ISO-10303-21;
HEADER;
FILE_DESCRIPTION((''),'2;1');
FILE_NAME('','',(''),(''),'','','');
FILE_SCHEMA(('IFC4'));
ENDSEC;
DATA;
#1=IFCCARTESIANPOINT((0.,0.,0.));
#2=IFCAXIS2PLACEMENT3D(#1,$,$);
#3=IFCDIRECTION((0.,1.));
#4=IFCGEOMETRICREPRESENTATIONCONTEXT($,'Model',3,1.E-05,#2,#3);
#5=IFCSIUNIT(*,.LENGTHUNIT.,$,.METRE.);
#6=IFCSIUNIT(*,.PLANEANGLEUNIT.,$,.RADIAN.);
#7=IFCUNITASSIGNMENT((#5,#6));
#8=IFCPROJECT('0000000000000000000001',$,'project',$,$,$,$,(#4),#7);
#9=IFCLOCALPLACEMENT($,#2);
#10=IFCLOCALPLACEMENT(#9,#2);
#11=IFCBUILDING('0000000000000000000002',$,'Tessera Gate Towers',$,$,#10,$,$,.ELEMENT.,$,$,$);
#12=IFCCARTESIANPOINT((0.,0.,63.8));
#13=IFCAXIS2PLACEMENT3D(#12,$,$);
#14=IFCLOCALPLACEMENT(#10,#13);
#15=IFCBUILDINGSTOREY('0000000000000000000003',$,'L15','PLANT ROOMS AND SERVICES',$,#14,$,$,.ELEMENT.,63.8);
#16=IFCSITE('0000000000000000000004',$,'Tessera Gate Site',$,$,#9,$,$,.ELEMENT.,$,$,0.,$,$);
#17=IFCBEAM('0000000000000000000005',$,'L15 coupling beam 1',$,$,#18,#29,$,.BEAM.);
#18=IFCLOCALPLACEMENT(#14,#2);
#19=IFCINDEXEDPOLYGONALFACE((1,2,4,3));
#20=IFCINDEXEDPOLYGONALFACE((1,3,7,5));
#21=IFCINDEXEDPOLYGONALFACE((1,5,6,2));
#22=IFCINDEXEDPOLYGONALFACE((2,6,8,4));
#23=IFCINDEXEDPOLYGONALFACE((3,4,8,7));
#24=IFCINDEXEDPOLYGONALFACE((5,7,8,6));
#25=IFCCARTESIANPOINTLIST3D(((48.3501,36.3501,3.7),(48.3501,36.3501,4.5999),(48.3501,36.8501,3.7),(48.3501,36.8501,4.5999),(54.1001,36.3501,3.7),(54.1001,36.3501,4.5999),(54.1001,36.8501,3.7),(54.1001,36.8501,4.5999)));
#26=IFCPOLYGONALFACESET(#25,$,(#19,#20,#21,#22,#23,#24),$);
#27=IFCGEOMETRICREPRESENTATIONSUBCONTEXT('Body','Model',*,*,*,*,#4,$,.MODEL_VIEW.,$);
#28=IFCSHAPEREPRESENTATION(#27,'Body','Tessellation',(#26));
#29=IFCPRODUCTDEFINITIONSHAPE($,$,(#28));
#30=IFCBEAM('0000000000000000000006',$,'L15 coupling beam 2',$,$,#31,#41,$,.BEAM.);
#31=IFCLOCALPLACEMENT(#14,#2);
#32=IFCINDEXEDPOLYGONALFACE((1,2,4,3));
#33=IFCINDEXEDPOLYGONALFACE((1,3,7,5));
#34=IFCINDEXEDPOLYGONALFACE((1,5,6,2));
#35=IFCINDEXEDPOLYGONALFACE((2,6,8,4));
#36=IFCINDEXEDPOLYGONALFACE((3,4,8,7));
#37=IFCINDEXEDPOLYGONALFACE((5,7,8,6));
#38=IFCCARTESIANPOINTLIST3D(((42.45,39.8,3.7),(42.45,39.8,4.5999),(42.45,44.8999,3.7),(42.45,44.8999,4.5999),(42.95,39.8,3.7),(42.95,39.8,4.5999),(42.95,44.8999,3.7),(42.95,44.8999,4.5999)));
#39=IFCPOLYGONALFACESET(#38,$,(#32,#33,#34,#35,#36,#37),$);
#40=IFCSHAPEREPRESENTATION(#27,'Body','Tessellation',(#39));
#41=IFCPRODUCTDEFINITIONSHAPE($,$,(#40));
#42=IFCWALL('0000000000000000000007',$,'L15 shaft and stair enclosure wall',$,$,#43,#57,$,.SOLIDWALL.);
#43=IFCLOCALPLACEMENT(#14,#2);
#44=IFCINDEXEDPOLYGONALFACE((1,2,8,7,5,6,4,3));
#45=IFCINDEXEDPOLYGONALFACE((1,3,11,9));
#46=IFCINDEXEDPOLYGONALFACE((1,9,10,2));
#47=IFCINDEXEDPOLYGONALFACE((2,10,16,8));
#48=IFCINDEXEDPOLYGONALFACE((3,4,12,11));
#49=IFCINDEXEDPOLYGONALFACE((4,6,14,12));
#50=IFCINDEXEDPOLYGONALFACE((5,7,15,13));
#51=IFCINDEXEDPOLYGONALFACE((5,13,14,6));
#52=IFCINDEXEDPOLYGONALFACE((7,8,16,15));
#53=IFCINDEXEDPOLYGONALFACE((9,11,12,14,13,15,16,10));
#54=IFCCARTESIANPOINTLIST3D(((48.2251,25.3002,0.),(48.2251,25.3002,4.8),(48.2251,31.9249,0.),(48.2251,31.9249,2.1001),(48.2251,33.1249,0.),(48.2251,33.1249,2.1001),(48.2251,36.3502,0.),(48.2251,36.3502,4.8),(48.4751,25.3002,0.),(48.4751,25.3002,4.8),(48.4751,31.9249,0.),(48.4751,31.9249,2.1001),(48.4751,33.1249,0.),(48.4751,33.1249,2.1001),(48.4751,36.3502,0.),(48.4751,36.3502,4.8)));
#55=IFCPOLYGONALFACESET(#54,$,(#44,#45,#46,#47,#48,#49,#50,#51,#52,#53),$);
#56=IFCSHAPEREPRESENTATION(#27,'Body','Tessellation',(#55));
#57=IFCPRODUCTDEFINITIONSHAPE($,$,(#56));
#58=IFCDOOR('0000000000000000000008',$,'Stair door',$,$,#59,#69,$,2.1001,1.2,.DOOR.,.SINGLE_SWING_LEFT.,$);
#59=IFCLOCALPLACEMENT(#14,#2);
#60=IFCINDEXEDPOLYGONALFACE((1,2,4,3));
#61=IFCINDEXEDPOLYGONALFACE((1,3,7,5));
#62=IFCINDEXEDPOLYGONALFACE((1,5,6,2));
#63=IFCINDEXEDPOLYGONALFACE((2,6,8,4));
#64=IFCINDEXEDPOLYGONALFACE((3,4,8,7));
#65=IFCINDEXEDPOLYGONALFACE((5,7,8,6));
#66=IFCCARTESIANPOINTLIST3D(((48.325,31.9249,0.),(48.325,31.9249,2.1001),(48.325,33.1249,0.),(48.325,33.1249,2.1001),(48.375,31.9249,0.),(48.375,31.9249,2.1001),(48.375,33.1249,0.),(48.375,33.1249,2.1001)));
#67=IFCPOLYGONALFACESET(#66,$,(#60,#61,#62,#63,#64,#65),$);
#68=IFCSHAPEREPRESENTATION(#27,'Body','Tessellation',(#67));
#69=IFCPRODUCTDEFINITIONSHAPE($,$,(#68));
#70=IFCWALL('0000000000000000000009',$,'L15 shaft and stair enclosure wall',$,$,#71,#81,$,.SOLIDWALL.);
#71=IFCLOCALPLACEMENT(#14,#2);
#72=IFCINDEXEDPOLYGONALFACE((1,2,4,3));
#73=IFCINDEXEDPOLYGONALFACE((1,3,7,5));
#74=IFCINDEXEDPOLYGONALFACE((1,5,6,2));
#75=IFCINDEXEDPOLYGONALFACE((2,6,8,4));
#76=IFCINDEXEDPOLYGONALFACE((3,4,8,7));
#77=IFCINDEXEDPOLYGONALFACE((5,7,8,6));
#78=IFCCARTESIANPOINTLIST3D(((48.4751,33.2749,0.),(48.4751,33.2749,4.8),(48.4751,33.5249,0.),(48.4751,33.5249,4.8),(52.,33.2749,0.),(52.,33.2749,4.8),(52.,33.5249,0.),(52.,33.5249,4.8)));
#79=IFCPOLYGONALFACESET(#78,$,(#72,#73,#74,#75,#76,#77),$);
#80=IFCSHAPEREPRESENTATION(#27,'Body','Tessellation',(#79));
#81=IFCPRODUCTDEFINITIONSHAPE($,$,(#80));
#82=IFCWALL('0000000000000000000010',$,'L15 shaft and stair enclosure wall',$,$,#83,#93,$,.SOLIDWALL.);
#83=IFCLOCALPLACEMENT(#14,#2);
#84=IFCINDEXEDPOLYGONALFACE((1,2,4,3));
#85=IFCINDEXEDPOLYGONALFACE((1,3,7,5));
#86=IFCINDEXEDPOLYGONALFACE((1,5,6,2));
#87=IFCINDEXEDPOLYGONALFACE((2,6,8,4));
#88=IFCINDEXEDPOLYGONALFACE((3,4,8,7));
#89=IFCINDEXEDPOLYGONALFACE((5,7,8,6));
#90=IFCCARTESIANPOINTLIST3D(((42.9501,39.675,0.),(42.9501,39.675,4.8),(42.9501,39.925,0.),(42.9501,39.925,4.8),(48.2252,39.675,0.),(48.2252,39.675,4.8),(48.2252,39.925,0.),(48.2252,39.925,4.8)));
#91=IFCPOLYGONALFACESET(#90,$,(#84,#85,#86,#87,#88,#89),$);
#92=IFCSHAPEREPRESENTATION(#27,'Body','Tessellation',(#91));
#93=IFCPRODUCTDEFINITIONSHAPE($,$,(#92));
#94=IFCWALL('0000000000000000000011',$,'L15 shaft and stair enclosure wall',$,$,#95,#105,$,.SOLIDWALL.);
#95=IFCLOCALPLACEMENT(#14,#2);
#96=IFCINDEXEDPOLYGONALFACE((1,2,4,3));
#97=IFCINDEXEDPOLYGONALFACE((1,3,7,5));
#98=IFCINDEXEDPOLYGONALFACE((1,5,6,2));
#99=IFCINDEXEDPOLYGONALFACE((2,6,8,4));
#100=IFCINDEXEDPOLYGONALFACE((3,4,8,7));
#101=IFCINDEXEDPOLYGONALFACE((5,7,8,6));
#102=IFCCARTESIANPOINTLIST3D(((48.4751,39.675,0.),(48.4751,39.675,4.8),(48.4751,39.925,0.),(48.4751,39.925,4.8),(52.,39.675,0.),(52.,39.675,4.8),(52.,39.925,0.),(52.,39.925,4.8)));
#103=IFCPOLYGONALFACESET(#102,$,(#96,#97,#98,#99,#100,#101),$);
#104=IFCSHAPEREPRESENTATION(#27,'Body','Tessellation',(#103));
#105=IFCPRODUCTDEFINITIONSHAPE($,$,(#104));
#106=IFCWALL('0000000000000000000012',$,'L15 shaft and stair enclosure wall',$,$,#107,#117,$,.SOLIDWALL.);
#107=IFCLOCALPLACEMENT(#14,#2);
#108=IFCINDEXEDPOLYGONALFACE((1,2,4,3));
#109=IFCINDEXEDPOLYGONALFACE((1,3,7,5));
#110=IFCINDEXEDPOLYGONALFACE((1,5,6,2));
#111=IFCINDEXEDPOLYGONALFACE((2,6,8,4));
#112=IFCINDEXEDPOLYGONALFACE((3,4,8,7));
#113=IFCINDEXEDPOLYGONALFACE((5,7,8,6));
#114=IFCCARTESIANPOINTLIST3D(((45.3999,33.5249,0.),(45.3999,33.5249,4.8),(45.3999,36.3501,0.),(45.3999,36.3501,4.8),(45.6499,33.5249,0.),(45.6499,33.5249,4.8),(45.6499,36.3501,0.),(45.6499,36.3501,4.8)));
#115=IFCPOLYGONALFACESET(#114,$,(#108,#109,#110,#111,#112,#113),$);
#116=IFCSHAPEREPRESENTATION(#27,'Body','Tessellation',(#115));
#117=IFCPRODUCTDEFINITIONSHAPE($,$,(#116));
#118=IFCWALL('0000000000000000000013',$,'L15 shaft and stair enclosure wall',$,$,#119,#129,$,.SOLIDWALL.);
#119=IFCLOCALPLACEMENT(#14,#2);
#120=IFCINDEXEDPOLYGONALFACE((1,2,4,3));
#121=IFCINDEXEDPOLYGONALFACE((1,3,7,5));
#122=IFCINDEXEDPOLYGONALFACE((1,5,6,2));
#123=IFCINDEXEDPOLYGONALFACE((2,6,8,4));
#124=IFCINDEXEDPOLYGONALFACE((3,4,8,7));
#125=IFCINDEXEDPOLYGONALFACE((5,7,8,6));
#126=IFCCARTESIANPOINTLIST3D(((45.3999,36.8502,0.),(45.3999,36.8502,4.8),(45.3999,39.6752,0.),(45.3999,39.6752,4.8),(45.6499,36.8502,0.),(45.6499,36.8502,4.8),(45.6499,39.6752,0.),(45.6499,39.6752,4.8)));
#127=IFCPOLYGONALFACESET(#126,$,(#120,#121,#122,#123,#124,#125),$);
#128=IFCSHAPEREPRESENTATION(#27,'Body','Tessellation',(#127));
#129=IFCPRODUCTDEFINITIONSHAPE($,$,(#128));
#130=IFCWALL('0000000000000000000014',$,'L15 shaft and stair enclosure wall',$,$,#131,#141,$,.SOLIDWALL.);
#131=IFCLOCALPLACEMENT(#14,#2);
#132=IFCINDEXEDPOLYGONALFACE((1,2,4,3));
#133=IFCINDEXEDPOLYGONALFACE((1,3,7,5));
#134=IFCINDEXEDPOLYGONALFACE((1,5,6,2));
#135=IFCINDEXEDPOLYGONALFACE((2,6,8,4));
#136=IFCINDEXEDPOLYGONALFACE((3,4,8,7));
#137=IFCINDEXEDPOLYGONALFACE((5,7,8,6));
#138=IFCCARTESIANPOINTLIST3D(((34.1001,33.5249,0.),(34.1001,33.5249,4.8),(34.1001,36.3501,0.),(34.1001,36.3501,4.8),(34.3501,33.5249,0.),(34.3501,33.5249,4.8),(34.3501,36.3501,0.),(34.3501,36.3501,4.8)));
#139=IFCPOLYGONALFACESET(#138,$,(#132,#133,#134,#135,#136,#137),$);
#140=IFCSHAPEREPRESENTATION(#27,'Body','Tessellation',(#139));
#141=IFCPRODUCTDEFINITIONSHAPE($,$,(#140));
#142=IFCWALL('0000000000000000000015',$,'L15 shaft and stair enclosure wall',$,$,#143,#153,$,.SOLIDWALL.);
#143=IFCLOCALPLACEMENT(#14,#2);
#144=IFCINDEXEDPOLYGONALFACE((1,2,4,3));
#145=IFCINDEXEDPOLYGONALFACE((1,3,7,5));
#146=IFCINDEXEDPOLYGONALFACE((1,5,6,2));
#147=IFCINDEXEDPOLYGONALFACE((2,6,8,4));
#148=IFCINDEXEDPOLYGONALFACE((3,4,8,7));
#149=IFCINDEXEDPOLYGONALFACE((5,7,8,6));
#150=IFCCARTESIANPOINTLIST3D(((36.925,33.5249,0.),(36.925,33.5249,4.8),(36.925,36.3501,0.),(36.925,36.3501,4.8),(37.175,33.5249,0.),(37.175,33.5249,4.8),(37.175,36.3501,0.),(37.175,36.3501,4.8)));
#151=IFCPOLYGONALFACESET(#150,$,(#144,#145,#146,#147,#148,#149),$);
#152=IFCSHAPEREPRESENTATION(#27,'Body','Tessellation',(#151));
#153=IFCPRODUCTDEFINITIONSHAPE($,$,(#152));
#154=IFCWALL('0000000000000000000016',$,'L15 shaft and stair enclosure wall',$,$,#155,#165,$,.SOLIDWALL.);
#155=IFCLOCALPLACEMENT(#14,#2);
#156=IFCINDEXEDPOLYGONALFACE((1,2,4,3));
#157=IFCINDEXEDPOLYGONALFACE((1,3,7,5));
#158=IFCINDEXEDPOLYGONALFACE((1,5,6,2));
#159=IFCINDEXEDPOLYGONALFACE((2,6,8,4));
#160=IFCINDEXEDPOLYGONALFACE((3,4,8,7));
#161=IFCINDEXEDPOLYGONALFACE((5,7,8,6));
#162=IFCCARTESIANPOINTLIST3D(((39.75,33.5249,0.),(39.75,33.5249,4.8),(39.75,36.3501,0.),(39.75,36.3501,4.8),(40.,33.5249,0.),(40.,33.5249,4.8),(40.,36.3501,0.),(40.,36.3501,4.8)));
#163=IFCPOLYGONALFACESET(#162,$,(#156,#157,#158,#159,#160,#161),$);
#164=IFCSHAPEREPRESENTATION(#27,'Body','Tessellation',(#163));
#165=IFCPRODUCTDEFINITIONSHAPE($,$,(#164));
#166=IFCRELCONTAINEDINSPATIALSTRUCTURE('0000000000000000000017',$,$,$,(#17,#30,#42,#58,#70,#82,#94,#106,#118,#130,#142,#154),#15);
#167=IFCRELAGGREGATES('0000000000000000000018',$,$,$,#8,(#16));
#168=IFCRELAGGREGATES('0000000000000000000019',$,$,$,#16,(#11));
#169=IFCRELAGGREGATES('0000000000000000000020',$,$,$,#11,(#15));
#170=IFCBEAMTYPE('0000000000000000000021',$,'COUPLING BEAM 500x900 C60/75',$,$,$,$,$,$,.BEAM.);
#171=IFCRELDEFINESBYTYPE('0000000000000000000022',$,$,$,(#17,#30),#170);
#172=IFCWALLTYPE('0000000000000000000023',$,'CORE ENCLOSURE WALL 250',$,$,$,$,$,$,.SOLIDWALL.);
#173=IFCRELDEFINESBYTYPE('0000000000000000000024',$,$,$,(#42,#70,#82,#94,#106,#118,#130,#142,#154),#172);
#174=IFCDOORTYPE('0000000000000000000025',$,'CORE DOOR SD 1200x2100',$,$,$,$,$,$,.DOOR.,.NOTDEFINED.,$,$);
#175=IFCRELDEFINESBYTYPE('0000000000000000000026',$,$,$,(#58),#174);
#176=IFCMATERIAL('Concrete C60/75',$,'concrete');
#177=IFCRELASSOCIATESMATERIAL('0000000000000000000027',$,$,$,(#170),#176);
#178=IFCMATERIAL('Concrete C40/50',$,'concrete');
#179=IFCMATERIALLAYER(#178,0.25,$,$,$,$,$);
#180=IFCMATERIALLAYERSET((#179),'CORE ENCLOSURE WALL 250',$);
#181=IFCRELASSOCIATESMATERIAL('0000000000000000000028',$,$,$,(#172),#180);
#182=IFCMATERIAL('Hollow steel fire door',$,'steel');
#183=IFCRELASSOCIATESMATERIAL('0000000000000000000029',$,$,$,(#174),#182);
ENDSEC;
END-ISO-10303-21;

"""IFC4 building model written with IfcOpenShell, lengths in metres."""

from ifc_helpers import new_model, si_unit, direction, frame, frame_2d, origin, origin_2d, place, context, subcontext, project, spatial, rectangle, extrude, source, transform, mapped, material, layer, layer_set, material_profile, profile_set, type_object, element, fill, save


model = new_model("IFC4")

# Units and contexts
model_context = context("Model", 3, precision=1e-05, world=origin(), true_north=direction((0.0, 1.0)))
body_context = subcontext(model_context, "Body", "Model", "MODEL_VIEW")
ifc_project = project(units=[si_unit("LENGTHUNIT", "METRE"), si_unit("PLANEANGLEUNIT", "RADIAN")], contexts=[model_context])

# Site, building, storey
site_placement = place(None, origin())
site = spatial("IfcSite", under=ifc_project, at=site_placement, Name="Tessera Gate Site", CompositionType="ELEMENT", RefElevation=0.0)
building_placement = place(site_placement, origin())
building = spatial("IfcBuilding", under=site, at=building_placement, Name="Tessera Gate Towers", CompositionType="ELEMENT")
storey_placement = place(building_placement, frame((0.0, 0.0, 63.8)))
storey = spatial("IfcBuildingStorey", under=building, at=storey_placement, Name="L15", Description="PLANT ROOMS AND SERVICES", CompositionType="ELEMENT", Elevation=63.8)

# Beams
ifc_material_1 = material(Name="Concrete C60/75", Category="concrete")
ifc_material_profile = material_profile(ifc_material_1, rectangle(XDim=0.5, YDim=0.8999, at=origin_2d()), Name="RC 500x900")
ifc_profile_set = profile_set([ifc_material_profile], Name="Concrete C60/75")
beam_type = type_object("IfcBeamType", Name="COUPLING BEAM 500x900 C60/75", PredefinedType="BEAM", material=ifc_profile_set)
beam_1_placement = place(storey_placement, frame((48.3501, 36.6001, 4.1499), z_axis=(1.0, 0.0, 0.0), x_axis=(0.0, 1.0, 0.0)))
element("IfcBeam", 1, at=beam_1_placement, inside=storey, type_object=beam_type, Name="L15 coupling beam 1", PredefinedType="BEAM", context=body_context, shape_type="SweptSolid", body=[
    extrude(rectangle(XDim=0.5, YDim=0.8999, at=origin_2d()), origin(), (0.0, 0.0, 1.0), 5.75),
])
beam_2_placement = place(storey_placement, frame((42.7, 39.8, 4.1499), z_axis=(0.0, 1.0, 0.0), x_axis=(-1.0, 0.0, 0.0)))
element("IfcBeam", 2, at=beam_2_placement, inside=storey, type_object=beam_type, Name="L15 coupling beam 2", PredefinedType="BEAM", context=body_context, shape_type="SweptSolid", body=[
    extrude(rectangle(XDim=0.5, YDim=0.8999, at=origin_2d()), origin(), (0.0, 0.0, 1.0), 5.0999),
])

# Wall, opening, door
ifc_material_2 = material(Name="Concrete C40/50", Category="concrete")
ifc_layer_1 = layer(ifc_material_2, 0.25)
ifc_layer_set_1 = layer_set([ifc_layer_1], Name="CORE ENCLOSURE WALL 250")
wall_type_1 = type_object("IfcWallType", Name="CORE ENCLOSURE WALL 250", PredefinedType="SOLIDWALL", material=ifc_layer_set_1)
wall_1_placement = place(storey_placement, frame((48.3501, 36.3501, 0.0), z_axis=(0.0, 0.0, 1.0), x_axis=(0.0, -1.0, 0.0)))
wall_1 = element("IfcWall", 3, at=wall_1_placement, inside=storey, type_object=wall_type_1, Name="L15 shaft and stair enclosure wall", PredefinedType="SOLIDWALL", context=body_context, shape_type="SweptSolid", body=[
    extrude(rectangle(XDim=11.05, YDim=0.25, at=frame_2d((5.5249, 0.0))), origin(), (0.0, 0.0, 1.0), 4.8),
])
shared_shape_1 = source(origin(), body_context, "Body", "SweptSolid", [
    extrude(rectangle(XDim=1.2, YDim=2.1001, at=frame_2d((0.6001, 1.05))), frame((0.0, 0.135, 0.0), z_axis=(0.0, -1.0, 0.0), x_axis=(1.0, 0.0, 0.0)), (0.0, 0.0, 1.0), 0.27),
])
opening_1_placement = place(wall_1_placement, frame((3.2251, 0.0, 0.0)))
opening_1 = element("IfcOpeningElement", 4, at=opening_1_placement, cuts=wall_1, PredefinedType="OPENING", context=body_context, shape_type="MappedRepresentation", body=[
    mapped(shared_shape_1, transform((0.0, 0.0, 0.0), scale=1.0)),
])
ifc_material_3 = material(Name="Hollow steel fire door", Category="steel")
door_type_1 = type_object("IfcDoorType", Name="CORE DOOR SD 1200x2100", OperationType="NOTDEFINED", PredefinedType="DOOR", material=ifc_material_3)
shared_shape_2 = source(origin(), body_context, "Body", "SweptSolid", [
    extrude(rectangle(XDim=1.2, YDim=2.1001, at=frame_2d((0.6001, 1.05))), frame((0.0, 0.0249, 0.0), z_axis=(0.0, -1.0, 0.0), x_axis=(1.0, 0.0, 0.0)), (0.0, 0.0, 1.0), 0.05),
])
door_1_placement = place(opening_1_placement, origin())
door_1 = element("IfcDoor", 5, at=door_1_placement, inside=storey, type_object=door_type_1, Name="Stair door", OperationType="SINGLE_SWING_LEFT", OverallHeight=2.1001, OverallWidth=1.2, PredefinedType="DOOR", context=body_context, shape_type="MappedRepresentation", body=[
    mapped(shared_shape_2, transform((0.0, 0.0, 0.0), scale=1.0)),
])
fill(opening_1, door_1)

# Walls
wall_2_placement = place(storey_placement, frame((48.4751, 33.3999, 0.0), z_axis=(0.0, 0.0, 1.0), x_axis=(1.0, 0.0, 0.0)))
element("IfcWall", 6, at=wall_2_placement, inside=storey, type_object=wall_type_1, Name="L15 shaft and stair enclosure wall", PredefinedType="SOLIDWALL", context=body_context, shape_type="SweptSolid", body=[
    extrude(rectangle(XDim=3.5249, YDim=0.25, at=frame_2d((1.7625, 0.0))), origin(), (0.0, 0.0, 1.0), 4.8),
])
wall_3_placement = place(storey_placement, frame((42.95, 39.8, 0.0), z_axis=(0.0, 0.0, 1.0), x_axis=(1.0, 0.0, 0.0)))
element("IfcWall", 7, at=wall_3_placement, inside=storey, type_object=wall_type_1, Name="L15 shaft and stair enclosure wall", PredefinedType="SOLIDWALL", context=body_context, shape_type="SweptSolid", body=[
    extrude(rectangle(XDim=5.2751, YDim=0.25, at=frame_2d((2.6377, 0.0))), origin(), (0.0, 0.0, 1.0), 4.8),
])
wall_4_placement = place(storey_placement, frame((48.4751, 39.8, 0.0), z_axis=(0.0, 0.0, 1.0), x_axis=(1.0, 0.0, 0.0)))
element("IfcWall", 8, at=wall_4_placement, inside=storey, type_object=wall_type_1, Name="L15 shaft and stair enclosure wall", PredefinedType="SOLIDWALL", context=body_context, shape_type="SweptSolid", body=[
    extrude(rectangle(XDim=3.5249, YDim=0.25, at=frame_2d((1.7625, 0.0))), origin(), (0.0, 0.0, 1.0), 4.8),
])
wall_5_placement = place(storey_placement, frame((45.5249, 33.5249, 0.0), z_axis=(0.0, 0.0, 1.0), x_axis=(0.0, 1.0, 0.0)))
element("IfcWall", 9, at=wall_5_placement, inside=storey, type_object=wall_type_1, Name="L15 shaft and stair enclosure wall", PredefinedType="SOLIDWALL", context=body_context, shape_type="SweptSolid", body=[
    extrude(rectangle(XDim=2.8252, YDim=0.25, at=frame_2d((1.4126, 0.0))), origin(), (0.0, 0.0, 1.0), 4.8),
])
wall_6_placement = place(storey_placement, frame((45.5249, 36.8501, 0.0), z_axis=(0.0, 0.0, 1.0), x_axis=(0.0, 1.0, 0.0)))
element("IfcWall", 10, at=wall_6_placement, inside=storey, type_object=wall_type_1, Name="L15 shaft and stair enclosure wall", PredefinedType="SOLIDWALL", context=body_context, shape_type="SweptSolid", body=[
    extrude(rectangle(XDim=2.825, YDim=0.25, at=frame_2d((1.4126, 0.0))), origin(), (0.0, 0.0, 1.0), 4.8),
])
for number, where, z_axis, x_axis, name in (
    (11, (34.2251, 33.5249, 0.0), (0.0, 0.0, 1.0), (0.0, 1.0, 0.0), "L15 shaft and stair enclosure wall"),
    (12, (37.05, 33.5249, 0.0), (0.0, 0.0, 1.0), (0.0, 1.0, 0.0), "L15 shaft and stair enclosure wall"),
    (13, (39.875, 33.5249, 0.0), (0.0, 0.0, 1.0), (0.0, 1.0, 0.0), "L15 shaft and stair enclosure wall"),
):
    element("IfcWall", number, at=place(storey_placement, frame(where, z_axis=z_axis, x_axis=x_axis)), inside=storey, type_object=wall_type_1, Name=name, PredefinedType="SOLIDWALL", context=body_context, shape_type="SweptSolid", body=[
        extrude(rectangle(XDim=2.8252, YDim=0.25, at=frame_2d((1.4126, 0.0))), origin(), (0.0, 0.0, 1.0), 4.8),
    ])

save(model, "model.ifc")
